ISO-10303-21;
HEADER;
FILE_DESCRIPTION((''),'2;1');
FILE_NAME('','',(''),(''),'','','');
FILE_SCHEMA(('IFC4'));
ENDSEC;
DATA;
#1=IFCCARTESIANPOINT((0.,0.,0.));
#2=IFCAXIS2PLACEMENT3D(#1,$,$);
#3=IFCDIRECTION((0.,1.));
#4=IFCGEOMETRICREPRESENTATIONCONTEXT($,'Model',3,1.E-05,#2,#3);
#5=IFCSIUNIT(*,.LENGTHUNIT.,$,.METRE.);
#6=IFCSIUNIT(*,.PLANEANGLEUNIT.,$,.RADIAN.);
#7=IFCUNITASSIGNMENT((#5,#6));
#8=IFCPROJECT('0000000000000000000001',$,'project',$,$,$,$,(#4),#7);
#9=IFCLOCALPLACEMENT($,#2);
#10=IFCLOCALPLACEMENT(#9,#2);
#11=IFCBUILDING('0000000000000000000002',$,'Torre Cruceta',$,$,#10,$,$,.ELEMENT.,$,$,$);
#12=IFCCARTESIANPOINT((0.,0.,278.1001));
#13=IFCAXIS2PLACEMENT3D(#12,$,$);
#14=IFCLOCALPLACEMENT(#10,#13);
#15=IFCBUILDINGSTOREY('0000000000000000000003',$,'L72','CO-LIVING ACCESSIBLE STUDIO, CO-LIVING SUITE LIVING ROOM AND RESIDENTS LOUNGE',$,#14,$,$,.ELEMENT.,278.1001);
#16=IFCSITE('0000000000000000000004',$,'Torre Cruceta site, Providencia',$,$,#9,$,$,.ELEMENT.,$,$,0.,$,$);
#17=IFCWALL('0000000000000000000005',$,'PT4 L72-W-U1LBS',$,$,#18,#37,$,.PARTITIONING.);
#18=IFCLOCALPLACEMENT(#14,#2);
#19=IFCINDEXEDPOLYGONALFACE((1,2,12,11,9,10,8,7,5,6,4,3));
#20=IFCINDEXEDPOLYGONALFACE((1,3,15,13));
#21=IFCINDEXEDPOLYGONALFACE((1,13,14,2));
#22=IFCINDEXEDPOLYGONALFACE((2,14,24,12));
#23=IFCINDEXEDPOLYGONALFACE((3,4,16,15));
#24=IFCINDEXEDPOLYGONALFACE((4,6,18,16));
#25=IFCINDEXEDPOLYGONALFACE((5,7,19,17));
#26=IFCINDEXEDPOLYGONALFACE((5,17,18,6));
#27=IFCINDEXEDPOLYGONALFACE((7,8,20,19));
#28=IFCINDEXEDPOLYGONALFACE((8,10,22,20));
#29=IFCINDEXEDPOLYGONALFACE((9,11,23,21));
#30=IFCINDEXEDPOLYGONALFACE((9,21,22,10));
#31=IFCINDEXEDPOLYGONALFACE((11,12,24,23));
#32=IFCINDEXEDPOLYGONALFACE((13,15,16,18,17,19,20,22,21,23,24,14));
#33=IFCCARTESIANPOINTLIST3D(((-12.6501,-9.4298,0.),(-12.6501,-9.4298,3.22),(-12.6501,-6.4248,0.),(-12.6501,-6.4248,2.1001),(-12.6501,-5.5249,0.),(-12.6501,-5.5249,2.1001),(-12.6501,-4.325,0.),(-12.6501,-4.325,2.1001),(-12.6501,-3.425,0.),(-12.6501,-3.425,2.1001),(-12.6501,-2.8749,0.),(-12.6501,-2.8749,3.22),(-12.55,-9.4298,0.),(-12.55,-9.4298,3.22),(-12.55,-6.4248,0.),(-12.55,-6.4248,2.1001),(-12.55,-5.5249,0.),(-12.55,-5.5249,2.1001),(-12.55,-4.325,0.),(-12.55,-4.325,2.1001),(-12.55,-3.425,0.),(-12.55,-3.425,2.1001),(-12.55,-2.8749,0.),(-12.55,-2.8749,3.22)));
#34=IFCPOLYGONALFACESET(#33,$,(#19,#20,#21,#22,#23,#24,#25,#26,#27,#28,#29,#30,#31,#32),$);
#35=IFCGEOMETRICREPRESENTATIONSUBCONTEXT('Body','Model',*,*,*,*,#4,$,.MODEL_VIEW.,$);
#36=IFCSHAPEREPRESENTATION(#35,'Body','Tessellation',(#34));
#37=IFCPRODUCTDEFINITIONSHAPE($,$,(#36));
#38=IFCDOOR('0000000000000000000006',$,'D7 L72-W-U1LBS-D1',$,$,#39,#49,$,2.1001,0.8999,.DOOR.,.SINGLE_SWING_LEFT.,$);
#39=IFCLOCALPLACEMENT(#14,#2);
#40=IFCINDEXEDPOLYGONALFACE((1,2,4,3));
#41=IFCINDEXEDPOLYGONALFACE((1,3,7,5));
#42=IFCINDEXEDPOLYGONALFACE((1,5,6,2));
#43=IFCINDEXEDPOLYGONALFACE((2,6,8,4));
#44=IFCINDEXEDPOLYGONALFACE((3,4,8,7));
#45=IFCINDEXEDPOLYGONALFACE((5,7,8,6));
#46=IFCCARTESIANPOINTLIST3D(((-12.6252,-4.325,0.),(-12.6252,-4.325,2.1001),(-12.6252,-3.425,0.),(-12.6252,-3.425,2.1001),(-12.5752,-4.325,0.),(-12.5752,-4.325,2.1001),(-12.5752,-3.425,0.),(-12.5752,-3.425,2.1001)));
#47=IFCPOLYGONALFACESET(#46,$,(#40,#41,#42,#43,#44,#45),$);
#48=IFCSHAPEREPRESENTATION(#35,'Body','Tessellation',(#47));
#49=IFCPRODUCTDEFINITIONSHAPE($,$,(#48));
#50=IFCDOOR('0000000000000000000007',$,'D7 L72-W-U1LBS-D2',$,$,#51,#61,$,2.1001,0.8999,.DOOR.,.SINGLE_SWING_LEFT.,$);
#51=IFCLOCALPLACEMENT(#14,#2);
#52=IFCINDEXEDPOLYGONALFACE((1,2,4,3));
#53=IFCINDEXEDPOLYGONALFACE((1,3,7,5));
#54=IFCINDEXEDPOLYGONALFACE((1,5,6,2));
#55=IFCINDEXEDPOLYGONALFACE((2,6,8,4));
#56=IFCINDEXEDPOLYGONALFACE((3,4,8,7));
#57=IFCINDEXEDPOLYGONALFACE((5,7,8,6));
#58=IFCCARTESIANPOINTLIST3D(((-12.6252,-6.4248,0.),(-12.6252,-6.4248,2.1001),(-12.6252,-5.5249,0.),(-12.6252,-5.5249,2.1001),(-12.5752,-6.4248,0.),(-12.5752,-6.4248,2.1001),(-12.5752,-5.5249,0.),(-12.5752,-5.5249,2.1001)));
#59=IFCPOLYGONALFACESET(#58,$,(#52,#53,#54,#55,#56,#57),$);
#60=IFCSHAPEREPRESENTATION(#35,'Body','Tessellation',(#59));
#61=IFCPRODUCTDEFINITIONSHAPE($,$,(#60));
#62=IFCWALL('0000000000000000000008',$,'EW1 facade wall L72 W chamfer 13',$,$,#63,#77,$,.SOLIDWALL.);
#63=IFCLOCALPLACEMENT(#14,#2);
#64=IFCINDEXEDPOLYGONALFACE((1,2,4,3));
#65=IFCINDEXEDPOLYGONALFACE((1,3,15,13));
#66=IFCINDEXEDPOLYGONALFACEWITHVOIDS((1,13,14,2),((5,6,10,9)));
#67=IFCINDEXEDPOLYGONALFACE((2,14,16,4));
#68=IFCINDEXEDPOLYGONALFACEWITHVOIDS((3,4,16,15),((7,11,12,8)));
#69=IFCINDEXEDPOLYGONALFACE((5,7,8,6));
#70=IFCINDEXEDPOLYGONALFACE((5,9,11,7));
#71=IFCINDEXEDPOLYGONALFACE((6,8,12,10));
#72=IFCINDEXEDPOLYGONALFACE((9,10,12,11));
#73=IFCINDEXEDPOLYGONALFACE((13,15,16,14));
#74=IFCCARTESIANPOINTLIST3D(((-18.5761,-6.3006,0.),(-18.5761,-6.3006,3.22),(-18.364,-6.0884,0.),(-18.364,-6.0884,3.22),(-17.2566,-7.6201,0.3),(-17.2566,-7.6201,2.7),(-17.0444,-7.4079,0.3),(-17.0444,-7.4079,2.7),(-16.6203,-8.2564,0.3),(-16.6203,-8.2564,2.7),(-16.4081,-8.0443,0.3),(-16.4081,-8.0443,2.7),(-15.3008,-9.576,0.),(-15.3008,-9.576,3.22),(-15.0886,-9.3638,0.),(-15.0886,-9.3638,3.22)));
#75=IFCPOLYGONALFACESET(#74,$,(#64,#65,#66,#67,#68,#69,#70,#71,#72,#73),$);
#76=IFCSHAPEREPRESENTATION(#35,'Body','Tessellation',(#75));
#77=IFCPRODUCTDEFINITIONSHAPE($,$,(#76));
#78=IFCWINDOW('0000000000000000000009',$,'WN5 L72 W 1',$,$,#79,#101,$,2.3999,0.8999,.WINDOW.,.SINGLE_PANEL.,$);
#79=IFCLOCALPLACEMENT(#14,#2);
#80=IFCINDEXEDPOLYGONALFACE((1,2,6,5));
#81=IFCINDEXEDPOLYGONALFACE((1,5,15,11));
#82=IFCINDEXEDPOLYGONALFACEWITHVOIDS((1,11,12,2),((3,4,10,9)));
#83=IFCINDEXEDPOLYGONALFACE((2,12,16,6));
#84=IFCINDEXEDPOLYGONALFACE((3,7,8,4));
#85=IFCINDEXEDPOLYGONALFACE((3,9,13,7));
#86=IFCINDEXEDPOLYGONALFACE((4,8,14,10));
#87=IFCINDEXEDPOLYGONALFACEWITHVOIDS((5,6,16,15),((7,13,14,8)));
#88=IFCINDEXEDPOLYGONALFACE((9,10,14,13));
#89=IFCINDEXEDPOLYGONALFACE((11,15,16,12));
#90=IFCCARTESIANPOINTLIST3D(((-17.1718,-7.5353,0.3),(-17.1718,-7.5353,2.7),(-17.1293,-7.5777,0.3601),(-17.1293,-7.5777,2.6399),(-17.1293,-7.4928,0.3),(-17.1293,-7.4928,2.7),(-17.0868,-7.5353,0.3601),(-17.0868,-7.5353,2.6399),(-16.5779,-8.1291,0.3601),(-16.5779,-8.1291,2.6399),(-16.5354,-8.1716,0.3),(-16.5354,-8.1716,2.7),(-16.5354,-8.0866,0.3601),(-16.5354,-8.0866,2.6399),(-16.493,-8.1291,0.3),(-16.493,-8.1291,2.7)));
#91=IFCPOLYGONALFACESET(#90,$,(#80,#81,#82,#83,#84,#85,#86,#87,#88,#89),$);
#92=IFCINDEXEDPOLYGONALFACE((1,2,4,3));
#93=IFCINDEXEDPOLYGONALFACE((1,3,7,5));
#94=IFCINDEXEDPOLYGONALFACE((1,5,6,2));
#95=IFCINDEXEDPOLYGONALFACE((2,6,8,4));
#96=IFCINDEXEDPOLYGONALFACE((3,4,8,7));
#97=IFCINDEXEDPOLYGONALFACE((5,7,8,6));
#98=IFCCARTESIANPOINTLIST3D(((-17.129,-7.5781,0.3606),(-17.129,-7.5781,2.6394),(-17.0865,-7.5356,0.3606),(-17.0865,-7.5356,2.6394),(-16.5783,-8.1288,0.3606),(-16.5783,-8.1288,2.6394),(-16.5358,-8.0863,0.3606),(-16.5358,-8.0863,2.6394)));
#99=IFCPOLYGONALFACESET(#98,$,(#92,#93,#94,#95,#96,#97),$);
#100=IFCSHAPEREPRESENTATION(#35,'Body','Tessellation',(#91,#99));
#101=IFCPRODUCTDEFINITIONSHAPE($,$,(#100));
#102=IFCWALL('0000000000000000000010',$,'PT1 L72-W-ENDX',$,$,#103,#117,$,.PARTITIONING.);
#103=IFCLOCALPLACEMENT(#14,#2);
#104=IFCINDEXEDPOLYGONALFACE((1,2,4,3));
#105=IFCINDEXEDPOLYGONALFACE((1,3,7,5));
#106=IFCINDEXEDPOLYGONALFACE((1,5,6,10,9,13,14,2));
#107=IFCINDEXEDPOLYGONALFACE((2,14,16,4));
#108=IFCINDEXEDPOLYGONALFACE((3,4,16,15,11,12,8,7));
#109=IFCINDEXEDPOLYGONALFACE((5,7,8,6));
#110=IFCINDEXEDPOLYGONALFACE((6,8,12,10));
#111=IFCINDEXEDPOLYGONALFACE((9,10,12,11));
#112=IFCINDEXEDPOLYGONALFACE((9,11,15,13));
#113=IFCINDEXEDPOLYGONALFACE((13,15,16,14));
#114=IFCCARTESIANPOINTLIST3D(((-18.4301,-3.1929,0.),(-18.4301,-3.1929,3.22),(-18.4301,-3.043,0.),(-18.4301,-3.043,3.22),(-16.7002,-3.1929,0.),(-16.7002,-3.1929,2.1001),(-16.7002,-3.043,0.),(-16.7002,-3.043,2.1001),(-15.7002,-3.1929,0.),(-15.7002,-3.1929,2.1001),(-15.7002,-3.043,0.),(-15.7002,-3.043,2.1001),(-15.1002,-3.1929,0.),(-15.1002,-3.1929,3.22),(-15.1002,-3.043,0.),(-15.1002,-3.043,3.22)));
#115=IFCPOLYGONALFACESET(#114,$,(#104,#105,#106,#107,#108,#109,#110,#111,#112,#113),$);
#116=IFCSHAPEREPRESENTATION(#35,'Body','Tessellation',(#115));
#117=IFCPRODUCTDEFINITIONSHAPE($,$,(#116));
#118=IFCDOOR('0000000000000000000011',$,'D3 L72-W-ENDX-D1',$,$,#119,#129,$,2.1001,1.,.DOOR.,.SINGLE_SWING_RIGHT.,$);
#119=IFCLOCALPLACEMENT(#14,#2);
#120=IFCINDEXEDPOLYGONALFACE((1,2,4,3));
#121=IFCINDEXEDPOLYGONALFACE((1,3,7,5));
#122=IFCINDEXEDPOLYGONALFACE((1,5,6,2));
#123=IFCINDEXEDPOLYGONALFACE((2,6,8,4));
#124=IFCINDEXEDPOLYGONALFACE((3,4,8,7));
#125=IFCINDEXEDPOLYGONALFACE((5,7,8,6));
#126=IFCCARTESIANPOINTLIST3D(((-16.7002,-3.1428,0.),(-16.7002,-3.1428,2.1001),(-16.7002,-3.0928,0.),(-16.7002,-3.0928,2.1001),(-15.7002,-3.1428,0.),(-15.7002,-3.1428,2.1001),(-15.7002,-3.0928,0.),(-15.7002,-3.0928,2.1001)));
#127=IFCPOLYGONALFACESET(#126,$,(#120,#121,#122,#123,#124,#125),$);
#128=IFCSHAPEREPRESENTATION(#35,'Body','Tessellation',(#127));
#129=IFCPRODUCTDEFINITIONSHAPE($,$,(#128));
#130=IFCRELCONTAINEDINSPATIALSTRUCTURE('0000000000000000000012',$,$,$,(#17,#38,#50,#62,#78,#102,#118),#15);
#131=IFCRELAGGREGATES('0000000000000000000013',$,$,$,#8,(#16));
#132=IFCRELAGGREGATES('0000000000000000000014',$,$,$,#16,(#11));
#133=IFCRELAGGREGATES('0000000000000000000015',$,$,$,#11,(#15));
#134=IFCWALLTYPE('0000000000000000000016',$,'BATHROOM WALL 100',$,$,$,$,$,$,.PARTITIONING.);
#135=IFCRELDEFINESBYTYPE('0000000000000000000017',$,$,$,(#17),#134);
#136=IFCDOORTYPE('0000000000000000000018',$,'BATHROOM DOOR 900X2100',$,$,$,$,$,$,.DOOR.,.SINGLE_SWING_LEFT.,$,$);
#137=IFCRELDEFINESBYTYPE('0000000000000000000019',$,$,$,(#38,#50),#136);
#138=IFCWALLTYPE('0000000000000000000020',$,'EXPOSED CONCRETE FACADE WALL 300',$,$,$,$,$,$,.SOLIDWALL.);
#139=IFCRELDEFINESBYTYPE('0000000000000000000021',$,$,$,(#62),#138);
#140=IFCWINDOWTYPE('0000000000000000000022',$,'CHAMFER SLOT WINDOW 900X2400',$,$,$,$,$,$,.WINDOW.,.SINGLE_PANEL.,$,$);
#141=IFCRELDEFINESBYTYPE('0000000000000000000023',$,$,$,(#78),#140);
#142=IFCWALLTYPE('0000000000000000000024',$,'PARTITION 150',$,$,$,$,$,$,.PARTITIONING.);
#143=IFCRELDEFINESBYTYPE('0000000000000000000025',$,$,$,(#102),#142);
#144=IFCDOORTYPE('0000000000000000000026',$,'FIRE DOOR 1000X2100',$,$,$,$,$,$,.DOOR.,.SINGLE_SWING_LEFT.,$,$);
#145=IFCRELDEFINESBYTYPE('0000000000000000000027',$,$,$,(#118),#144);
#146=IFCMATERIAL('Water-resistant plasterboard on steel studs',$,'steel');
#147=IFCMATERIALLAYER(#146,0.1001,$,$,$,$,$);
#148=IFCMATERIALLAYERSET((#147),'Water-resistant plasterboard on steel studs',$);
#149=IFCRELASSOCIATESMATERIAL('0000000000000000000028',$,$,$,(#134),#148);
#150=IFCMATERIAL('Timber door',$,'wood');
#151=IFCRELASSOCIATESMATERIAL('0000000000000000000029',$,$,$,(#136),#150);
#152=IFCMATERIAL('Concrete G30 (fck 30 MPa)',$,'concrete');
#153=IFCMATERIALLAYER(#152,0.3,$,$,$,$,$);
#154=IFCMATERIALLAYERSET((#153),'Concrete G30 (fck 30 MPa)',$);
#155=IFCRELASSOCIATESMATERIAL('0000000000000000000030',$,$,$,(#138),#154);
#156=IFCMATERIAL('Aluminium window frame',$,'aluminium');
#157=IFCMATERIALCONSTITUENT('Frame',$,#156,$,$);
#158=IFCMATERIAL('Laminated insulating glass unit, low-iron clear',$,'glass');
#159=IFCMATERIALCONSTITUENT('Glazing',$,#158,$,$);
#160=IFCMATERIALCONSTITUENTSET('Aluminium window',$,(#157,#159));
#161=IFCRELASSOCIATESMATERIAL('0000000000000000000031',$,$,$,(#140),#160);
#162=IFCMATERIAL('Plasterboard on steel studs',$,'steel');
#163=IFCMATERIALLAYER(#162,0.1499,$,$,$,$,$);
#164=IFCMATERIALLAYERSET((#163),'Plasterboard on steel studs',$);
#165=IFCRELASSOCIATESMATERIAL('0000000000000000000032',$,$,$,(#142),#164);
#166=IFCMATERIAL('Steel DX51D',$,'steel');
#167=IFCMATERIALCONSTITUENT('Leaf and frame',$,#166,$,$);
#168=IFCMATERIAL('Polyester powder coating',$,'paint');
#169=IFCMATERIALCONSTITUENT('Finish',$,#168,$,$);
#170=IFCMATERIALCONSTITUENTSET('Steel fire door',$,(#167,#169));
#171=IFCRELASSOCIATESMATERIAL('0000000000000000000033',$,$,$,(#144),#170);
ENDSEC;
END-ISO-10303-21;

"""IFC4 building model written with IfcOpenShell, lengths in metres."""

from ifc_helpers import new_model, si_unit, direction, frame, frame_2d, origin, place, context, subcontext, project, spatial, rectangle, hollow_rectangle, extrude, material, layer, layer_set, constituent, constituent_set, type_object, element, fill, save


model = new_model("IFC4")

# Units and contexts
model_context = context("Model", 3, precision=1e-05, world=origin(), true_north=direction((0.0, 1.0)))
body_context = subcontext(model_context, "Body", "Model", "MODEL_VIEW")
ifc_project = project(units=[si_unit("LENGTHUNIT", "METRE"), si_unit("PLANEANGLEUNIT", "RADIAN")], contexts=[model_context])

# Site, building, storey
site_placement = place(None, origin())
site = spatial("IfcSite", under=ifc_project, at=site_placement, Name="Torre Cruceta site, Providencia", CompositionType="ELEMENT", RefElevation=0.0)
building_placement = place(site_placement, origin())
building = spatial("IfcBuilding", under=site, at=building_placement, Name="Torre Cruceta", CompositionType="ELEMENT")
storey_placement = place(building_placement, frame((0.0, 0.0, 278.1001)))
storey = spatial("IfcBuildingStorey", under=building, at=storey_placement, Name="L72", Description="CO-LIVING ACCESSIBLE STUDIO, CO-LIVING SUITE LIVING ROOM AND RESIDENTS LOUNGE", CompositionType="ELEMENT", Elevation=278.1001)

# Shared definitions
ifc_material_1 = material(Name="Water-resistant plasterboard on steel studs", Category="steel")
ifc_layer_1 = layer(ifc_material_1, 0.1001)
ifc_layer_set_1 = layer_set([ifc_layer_1], Name="Water-resistant plasterboard on steel studs")
wall_type_1 = type_object("IfcWallType", Name="BATHROOM WALL 100", PredefinedType="PARTITIONING", material=ifc_layer_set_1)

# Wall, openings, doors
wall_1_placement = place(storey_placement, frame((-12.6001, -2.875, 0.0), z_axis=(0.0, 0.0, 1.0), x_axis=(0.0, -1.0, 0.0)))
wall_1 = element("IfcWall", 1, at=wall_1_placement, inside=storey, type_object=wall_type_1, Name="PT4 L72-W-U1LBS", PredefinedType="PARTITIONING", context=body_context, shape_type="SweptSolid", body=[
    extrude(rectangle(XDim=6.5549, YDim=0.1001, at=frame_2d((3.2773, 0.0))), origin(), (0.0, 0.0, 1.0), 3.22),
])
opening_1_placement = place(wall_1_placement, frame((0.55, 0.0, 0.0)))
opening_1 = element("IfcOpeningElement", 2, at=opening_1_placement, cuts=wall_1, PredefinedType="OPENING", context=body_context, shape_type="SweptSolid", body=[
    extrude(rectangle(XDim=0.8999, YDim=2.1001, at=frame_2d((0.45, 1.05))), frame((0.0, 0.0601, 0.0), z_axis=(0.0, -1.0, 0.0), x_axis=(1.0, 0.0, 0.0)), (0.0, 0.0, 1.0), 0.1201),
])
opening_2_placement = place(wall_1_placement, frame((2.6499, 0.0, 0.0)))
opening_2 = element("IfcOpeningElement", 3, at=opening_2_placement, cuts=wall_1, PredefinedType="OPENING", context=body_context, shape_type="SweptSolid", body=[
    extrude(rectangle(XDim=0.8999, YDim=2.1001, at=frame_2d((0.45, 1.05))), frame((0.0, 0.0601, 0.0), z_axis=(0.0, -1.0, 0.0), x_axis=(1.0, 0.0, 0.0)), (0.0, 0.0, 1.0), 0.1201),
])
ifc_material_2 = material(Name="Timber door", Category="wood")
door_type_1 = type_object("IfcDoorType", Name="BATHROOM DOOR 900X2100", OperationType="SINGLE_SWING_LEFT", PredefinedType="DOOR", material=ifc_material_2)
door_1_placement = place(opening_1_placement, origin())
door_1 = element("IfcDoor", 4, at=door_1_placement, inside=storey, type_object=door_type_1, Name="D7 L72-W-U1LBS-D1", OperationType="SINGLE_SWING_LEFT", OverallHeight=2.1001, OverallWidth=0.8999, PredefinedType="DOOR", context=body_context, shape_type="SweptSolid", body=[
    extrude(rectangle(XDim=0.8999, YDim=2.1001, at=frame_2d((0.45, 1.05))), frame((0.0, 0.0249, 0.0), z_axis=(0.0, -1.0, 0.0), x_axis=(1.0, 0.0, 0.0)), (0.0, 0.0, 1.0), 0.05),
])
fill(opening_1, door_1)
door_2_placement = place(opening_2_placement, origin())
door_2 = element("IfcDoor", 5, at=door_2_placement, inside=storey, type_object=door_type_1, Name="D7 L72-W-U1LBS-D2", OperationType="SINGLE_SWING_LEFT", OverallHeight=2.1001, OverallWidth=0.8999, PredefinedType="DOOR", context=body_context, shape_type="SweptSolid", body=[
    extrude(rectangle(XDim=0.8999, YDim=2.1001, at=frame_2d((0.45, 1.05))), frame((0.0, 0.0249, 0.0), z_axis=(0.0, -1.0, 0.0), x_axis=(1.0, 0.0, 0.0)), (0.0, 0.0, 1.0), 0.05),
])
fill(opening_2, door_2)

# Wall, opening, window
ifc_material_3 = material(Name="Concrete G30 (fck 30 MPa)", Category="concrete")
ifc_layer_2 = layer(ifc_material_3, 0.3)
ifc_layer_set_2 = layer_set([ifc_layer_2], Name="Concrete G30 (fck 30 MPa)")
wall_type_2 = type_object("IfcWallType", Name="EXPOSED CONCRETE FACADE WALL 300", PredefinedType="SOLIDWALL", material=ifc_layer_set_2)
wall_2_placement = place(storey_placement, frame((-18.47, -6.1946, 0.0), z_axis=(0.0, 0.0, 1.0), x_axis=(0.707107, -0.707107, 0.0)))
wall_2 = element("IfcWall", 6, at=wall_2_placement, inside=storey, type_object=wall_type_2, Name="EW1 facade wall L72 W chamfer 13", PredefinedType="SOLIDWALL", context=body_context, shape_type="SweptSolid", body=[
    extrude(rectangle(XDim=4.6321, YDim=0.3, at=frame_2d((2.3159, 0.0))), origin(), (0.0, 0.0, 1.0), 3.22),
])
opening_3_placement = place(wall_2_placement, frame((1.866, 0.0, 0.3)))
opening_3 = element("IfcOpeningElement", 7, at=opening_3_placement, cuts=wall_2, PredefinedType="OPENING", context=body_context, shape_type="SweptSolid", body=[
    extrude(rectangle(XDim=0.8999, YDim=2.3999, at=frame_2d((0.45, 1.2))), frame((0.0, 0.1599, 0.0), z_axis=(0.0, -1.0, 0.0), x_axis=(1.0, 0.0, 0.0)), (0.0, 0.0, 1.0), 0.3201),
])
ifc_material_4 = material(Name="Aluminium window frame", Category="aluminium")
ifc_constituent_1 = constituent(ifc_material_4, Name="Frame")
ifc_material_5 = material(Name="Laminated insulating glass unit, low-iron clear", Category="glass")
ifc_constituent_2 = constituent(ifc_material_5, Name="Glazing")
ifc_constituent_set_1 = constituent_set(constituents=[ifc_constituent_1, ifc_constituent_2], Name="Aluminium window")
window_type = type_object("IfcWindowType", Name="CHAMFER SLOT WINDOW 900X2400", PartitioningType="SINGLE_PANEL", PredefinedType="WINDOW", material=ifc_constituent_set_1)
window_placement = place(opening_3_placement, origin())
window = element("IfcWindow", 8, at=window_placement, inside=storey, type_object=window_type, Name="WN5 L72 W 1", OverallHeight=2.3999, OverallWidth=0.8999, PartitioningType="SINGLE_PANEL", PredefinedType="WINDOW", context=body_context, shape_type="SweptSolid", body=[
    extrude(hollow_rectangle(XDim=0.8999, YDim=2.3999, WallThickness=0.0601, at=frame_2d((0.45, 1.2))), frame((0.0, 0.03, 0.0), z_axis=(0.0, -1.0, 0.0), x_axis=(1.0, 0.0, 0.0)), (0.0, 0.0, 1.0), 0.0601),
    extrude(rectangle(XDim=0.7788, YDim=2.2788, at=frame_2d((0.45, 1.2))), frame((0.0, 0.03, 0.0), z_axis=(0.0, -1.0, 0.0), x_axis=(1.0, 0.0, 0.0)), (0.0, 0.0, 1.0), 0.0601),
])
fill(opening_3, window)

# Wall, opening, door
ifc_material_6 = material(Name="Plasterboard on steel studs", Category="steel")
ifc_layer_3 = layer(ifc_material_6, 0.1499)
ifc_layer_set_3 = layer_set([ifc_layer_3], Name="Plasterboard on steel studs")
wall_type_3 = type_object("IfcWallType", Name="PARTITION 150", PredefinedType="PARTITIONING", material=ifc_layer_set_3)
wall_3_placement = place(storey_placement, frame((-15.1001, -3.1179, 0.0), z_axis=(0.0, 0.0, 1.0), x_axis=(-1.0, 0.0, 0.0)))
wall_3 = element("IfcWall", 9, at=wall_3_placement, inside=storey, type_object=wall_type_3, Name="PT1 L72-W-ENDX", PredefinedType="PARTITIONING", context=body_context, shape_type="SweptSolid", body=[
    extrude(rectangle(XDim=3.3298, YDim=0.1499, at=frame_2d((1.665, 0.0))), origin(), (0.0, 0.0, 1.0), 3.22),
])
opening_4_placement = place(wall_3_placement, frame((0.6001, 0.0, 0.0)))
opening_4 = element("IfcOpeningElement", 10, at=opening_4_placement, cuts=wall_3, PredefinedType="OPENING", context=body_context, shape_type="SweptSolid", body=[
    extrude(rectangle(XDim=1.0, YDim=2.1001, at=frame_2d((0.5, 1.05))), frame((0.0, 0.085, 0.0), z_axis=(0.0, -1.0, 0.0), x_axis=(1.0, 0.0, 0.0)), (0.0, 0.0, 1.0), 0.1699),
])
ifc_material_7 = material(Name="Steel DX51D", Category="steel")
ifc_constituent_3 = constituent(ifc_material_7, Name="Leaf and frame")
ifc_material_8 = material(Name="Polyester powder coating", Category="paint")
ifc_constituent_4 = constituent(ifc_material_8, Name="Finish")
ifc_constituent_set_2 = constituent_set(constituents=[ifc_constituent_3, ifc_constituent_4], Name="Steel fire door")
door_type_2 = type_object("IfcDoorType", Name="FIRE DOOR 1000X2100", OperationType="SINGLE_SWING_LEFT", PredefinedType="DOOR", material=ifc_constituent_set_2)
door_3_placement = place(opening_4_placement, frame((1.0, 0.0, 0.0), z_axis=(0.0, 0.0, 1.0), x_axis=(-1.0, 0.0, 0.0)))
door_3 = element("IfcDoor", 11, at=door_3_placement, inside=storey, type_object=door_type_2, Name="D3 L72-W-ENDX-D1", OperationType="SINGLE_SWING_RIGHT", OverallHeight=2.1001, OverallWidth=1.0, PredefinedType="DOOR", context=body_context, shape_type="SweptSolid", body=[
    extrude(rectangle(XDim=1.0, YDim=2.1001, at=frame_2d((0.5, 1.05))), frame((0.0, 0.0251, 0.0), z_axis=(0.0, -1.0, 0.0), x_axis=(1.0, 0.0, 0.0)), (0.0, 0.0, 1.0), 0.05),
])
fill(opening_4, door_3)

save(model, "model.ifc")
